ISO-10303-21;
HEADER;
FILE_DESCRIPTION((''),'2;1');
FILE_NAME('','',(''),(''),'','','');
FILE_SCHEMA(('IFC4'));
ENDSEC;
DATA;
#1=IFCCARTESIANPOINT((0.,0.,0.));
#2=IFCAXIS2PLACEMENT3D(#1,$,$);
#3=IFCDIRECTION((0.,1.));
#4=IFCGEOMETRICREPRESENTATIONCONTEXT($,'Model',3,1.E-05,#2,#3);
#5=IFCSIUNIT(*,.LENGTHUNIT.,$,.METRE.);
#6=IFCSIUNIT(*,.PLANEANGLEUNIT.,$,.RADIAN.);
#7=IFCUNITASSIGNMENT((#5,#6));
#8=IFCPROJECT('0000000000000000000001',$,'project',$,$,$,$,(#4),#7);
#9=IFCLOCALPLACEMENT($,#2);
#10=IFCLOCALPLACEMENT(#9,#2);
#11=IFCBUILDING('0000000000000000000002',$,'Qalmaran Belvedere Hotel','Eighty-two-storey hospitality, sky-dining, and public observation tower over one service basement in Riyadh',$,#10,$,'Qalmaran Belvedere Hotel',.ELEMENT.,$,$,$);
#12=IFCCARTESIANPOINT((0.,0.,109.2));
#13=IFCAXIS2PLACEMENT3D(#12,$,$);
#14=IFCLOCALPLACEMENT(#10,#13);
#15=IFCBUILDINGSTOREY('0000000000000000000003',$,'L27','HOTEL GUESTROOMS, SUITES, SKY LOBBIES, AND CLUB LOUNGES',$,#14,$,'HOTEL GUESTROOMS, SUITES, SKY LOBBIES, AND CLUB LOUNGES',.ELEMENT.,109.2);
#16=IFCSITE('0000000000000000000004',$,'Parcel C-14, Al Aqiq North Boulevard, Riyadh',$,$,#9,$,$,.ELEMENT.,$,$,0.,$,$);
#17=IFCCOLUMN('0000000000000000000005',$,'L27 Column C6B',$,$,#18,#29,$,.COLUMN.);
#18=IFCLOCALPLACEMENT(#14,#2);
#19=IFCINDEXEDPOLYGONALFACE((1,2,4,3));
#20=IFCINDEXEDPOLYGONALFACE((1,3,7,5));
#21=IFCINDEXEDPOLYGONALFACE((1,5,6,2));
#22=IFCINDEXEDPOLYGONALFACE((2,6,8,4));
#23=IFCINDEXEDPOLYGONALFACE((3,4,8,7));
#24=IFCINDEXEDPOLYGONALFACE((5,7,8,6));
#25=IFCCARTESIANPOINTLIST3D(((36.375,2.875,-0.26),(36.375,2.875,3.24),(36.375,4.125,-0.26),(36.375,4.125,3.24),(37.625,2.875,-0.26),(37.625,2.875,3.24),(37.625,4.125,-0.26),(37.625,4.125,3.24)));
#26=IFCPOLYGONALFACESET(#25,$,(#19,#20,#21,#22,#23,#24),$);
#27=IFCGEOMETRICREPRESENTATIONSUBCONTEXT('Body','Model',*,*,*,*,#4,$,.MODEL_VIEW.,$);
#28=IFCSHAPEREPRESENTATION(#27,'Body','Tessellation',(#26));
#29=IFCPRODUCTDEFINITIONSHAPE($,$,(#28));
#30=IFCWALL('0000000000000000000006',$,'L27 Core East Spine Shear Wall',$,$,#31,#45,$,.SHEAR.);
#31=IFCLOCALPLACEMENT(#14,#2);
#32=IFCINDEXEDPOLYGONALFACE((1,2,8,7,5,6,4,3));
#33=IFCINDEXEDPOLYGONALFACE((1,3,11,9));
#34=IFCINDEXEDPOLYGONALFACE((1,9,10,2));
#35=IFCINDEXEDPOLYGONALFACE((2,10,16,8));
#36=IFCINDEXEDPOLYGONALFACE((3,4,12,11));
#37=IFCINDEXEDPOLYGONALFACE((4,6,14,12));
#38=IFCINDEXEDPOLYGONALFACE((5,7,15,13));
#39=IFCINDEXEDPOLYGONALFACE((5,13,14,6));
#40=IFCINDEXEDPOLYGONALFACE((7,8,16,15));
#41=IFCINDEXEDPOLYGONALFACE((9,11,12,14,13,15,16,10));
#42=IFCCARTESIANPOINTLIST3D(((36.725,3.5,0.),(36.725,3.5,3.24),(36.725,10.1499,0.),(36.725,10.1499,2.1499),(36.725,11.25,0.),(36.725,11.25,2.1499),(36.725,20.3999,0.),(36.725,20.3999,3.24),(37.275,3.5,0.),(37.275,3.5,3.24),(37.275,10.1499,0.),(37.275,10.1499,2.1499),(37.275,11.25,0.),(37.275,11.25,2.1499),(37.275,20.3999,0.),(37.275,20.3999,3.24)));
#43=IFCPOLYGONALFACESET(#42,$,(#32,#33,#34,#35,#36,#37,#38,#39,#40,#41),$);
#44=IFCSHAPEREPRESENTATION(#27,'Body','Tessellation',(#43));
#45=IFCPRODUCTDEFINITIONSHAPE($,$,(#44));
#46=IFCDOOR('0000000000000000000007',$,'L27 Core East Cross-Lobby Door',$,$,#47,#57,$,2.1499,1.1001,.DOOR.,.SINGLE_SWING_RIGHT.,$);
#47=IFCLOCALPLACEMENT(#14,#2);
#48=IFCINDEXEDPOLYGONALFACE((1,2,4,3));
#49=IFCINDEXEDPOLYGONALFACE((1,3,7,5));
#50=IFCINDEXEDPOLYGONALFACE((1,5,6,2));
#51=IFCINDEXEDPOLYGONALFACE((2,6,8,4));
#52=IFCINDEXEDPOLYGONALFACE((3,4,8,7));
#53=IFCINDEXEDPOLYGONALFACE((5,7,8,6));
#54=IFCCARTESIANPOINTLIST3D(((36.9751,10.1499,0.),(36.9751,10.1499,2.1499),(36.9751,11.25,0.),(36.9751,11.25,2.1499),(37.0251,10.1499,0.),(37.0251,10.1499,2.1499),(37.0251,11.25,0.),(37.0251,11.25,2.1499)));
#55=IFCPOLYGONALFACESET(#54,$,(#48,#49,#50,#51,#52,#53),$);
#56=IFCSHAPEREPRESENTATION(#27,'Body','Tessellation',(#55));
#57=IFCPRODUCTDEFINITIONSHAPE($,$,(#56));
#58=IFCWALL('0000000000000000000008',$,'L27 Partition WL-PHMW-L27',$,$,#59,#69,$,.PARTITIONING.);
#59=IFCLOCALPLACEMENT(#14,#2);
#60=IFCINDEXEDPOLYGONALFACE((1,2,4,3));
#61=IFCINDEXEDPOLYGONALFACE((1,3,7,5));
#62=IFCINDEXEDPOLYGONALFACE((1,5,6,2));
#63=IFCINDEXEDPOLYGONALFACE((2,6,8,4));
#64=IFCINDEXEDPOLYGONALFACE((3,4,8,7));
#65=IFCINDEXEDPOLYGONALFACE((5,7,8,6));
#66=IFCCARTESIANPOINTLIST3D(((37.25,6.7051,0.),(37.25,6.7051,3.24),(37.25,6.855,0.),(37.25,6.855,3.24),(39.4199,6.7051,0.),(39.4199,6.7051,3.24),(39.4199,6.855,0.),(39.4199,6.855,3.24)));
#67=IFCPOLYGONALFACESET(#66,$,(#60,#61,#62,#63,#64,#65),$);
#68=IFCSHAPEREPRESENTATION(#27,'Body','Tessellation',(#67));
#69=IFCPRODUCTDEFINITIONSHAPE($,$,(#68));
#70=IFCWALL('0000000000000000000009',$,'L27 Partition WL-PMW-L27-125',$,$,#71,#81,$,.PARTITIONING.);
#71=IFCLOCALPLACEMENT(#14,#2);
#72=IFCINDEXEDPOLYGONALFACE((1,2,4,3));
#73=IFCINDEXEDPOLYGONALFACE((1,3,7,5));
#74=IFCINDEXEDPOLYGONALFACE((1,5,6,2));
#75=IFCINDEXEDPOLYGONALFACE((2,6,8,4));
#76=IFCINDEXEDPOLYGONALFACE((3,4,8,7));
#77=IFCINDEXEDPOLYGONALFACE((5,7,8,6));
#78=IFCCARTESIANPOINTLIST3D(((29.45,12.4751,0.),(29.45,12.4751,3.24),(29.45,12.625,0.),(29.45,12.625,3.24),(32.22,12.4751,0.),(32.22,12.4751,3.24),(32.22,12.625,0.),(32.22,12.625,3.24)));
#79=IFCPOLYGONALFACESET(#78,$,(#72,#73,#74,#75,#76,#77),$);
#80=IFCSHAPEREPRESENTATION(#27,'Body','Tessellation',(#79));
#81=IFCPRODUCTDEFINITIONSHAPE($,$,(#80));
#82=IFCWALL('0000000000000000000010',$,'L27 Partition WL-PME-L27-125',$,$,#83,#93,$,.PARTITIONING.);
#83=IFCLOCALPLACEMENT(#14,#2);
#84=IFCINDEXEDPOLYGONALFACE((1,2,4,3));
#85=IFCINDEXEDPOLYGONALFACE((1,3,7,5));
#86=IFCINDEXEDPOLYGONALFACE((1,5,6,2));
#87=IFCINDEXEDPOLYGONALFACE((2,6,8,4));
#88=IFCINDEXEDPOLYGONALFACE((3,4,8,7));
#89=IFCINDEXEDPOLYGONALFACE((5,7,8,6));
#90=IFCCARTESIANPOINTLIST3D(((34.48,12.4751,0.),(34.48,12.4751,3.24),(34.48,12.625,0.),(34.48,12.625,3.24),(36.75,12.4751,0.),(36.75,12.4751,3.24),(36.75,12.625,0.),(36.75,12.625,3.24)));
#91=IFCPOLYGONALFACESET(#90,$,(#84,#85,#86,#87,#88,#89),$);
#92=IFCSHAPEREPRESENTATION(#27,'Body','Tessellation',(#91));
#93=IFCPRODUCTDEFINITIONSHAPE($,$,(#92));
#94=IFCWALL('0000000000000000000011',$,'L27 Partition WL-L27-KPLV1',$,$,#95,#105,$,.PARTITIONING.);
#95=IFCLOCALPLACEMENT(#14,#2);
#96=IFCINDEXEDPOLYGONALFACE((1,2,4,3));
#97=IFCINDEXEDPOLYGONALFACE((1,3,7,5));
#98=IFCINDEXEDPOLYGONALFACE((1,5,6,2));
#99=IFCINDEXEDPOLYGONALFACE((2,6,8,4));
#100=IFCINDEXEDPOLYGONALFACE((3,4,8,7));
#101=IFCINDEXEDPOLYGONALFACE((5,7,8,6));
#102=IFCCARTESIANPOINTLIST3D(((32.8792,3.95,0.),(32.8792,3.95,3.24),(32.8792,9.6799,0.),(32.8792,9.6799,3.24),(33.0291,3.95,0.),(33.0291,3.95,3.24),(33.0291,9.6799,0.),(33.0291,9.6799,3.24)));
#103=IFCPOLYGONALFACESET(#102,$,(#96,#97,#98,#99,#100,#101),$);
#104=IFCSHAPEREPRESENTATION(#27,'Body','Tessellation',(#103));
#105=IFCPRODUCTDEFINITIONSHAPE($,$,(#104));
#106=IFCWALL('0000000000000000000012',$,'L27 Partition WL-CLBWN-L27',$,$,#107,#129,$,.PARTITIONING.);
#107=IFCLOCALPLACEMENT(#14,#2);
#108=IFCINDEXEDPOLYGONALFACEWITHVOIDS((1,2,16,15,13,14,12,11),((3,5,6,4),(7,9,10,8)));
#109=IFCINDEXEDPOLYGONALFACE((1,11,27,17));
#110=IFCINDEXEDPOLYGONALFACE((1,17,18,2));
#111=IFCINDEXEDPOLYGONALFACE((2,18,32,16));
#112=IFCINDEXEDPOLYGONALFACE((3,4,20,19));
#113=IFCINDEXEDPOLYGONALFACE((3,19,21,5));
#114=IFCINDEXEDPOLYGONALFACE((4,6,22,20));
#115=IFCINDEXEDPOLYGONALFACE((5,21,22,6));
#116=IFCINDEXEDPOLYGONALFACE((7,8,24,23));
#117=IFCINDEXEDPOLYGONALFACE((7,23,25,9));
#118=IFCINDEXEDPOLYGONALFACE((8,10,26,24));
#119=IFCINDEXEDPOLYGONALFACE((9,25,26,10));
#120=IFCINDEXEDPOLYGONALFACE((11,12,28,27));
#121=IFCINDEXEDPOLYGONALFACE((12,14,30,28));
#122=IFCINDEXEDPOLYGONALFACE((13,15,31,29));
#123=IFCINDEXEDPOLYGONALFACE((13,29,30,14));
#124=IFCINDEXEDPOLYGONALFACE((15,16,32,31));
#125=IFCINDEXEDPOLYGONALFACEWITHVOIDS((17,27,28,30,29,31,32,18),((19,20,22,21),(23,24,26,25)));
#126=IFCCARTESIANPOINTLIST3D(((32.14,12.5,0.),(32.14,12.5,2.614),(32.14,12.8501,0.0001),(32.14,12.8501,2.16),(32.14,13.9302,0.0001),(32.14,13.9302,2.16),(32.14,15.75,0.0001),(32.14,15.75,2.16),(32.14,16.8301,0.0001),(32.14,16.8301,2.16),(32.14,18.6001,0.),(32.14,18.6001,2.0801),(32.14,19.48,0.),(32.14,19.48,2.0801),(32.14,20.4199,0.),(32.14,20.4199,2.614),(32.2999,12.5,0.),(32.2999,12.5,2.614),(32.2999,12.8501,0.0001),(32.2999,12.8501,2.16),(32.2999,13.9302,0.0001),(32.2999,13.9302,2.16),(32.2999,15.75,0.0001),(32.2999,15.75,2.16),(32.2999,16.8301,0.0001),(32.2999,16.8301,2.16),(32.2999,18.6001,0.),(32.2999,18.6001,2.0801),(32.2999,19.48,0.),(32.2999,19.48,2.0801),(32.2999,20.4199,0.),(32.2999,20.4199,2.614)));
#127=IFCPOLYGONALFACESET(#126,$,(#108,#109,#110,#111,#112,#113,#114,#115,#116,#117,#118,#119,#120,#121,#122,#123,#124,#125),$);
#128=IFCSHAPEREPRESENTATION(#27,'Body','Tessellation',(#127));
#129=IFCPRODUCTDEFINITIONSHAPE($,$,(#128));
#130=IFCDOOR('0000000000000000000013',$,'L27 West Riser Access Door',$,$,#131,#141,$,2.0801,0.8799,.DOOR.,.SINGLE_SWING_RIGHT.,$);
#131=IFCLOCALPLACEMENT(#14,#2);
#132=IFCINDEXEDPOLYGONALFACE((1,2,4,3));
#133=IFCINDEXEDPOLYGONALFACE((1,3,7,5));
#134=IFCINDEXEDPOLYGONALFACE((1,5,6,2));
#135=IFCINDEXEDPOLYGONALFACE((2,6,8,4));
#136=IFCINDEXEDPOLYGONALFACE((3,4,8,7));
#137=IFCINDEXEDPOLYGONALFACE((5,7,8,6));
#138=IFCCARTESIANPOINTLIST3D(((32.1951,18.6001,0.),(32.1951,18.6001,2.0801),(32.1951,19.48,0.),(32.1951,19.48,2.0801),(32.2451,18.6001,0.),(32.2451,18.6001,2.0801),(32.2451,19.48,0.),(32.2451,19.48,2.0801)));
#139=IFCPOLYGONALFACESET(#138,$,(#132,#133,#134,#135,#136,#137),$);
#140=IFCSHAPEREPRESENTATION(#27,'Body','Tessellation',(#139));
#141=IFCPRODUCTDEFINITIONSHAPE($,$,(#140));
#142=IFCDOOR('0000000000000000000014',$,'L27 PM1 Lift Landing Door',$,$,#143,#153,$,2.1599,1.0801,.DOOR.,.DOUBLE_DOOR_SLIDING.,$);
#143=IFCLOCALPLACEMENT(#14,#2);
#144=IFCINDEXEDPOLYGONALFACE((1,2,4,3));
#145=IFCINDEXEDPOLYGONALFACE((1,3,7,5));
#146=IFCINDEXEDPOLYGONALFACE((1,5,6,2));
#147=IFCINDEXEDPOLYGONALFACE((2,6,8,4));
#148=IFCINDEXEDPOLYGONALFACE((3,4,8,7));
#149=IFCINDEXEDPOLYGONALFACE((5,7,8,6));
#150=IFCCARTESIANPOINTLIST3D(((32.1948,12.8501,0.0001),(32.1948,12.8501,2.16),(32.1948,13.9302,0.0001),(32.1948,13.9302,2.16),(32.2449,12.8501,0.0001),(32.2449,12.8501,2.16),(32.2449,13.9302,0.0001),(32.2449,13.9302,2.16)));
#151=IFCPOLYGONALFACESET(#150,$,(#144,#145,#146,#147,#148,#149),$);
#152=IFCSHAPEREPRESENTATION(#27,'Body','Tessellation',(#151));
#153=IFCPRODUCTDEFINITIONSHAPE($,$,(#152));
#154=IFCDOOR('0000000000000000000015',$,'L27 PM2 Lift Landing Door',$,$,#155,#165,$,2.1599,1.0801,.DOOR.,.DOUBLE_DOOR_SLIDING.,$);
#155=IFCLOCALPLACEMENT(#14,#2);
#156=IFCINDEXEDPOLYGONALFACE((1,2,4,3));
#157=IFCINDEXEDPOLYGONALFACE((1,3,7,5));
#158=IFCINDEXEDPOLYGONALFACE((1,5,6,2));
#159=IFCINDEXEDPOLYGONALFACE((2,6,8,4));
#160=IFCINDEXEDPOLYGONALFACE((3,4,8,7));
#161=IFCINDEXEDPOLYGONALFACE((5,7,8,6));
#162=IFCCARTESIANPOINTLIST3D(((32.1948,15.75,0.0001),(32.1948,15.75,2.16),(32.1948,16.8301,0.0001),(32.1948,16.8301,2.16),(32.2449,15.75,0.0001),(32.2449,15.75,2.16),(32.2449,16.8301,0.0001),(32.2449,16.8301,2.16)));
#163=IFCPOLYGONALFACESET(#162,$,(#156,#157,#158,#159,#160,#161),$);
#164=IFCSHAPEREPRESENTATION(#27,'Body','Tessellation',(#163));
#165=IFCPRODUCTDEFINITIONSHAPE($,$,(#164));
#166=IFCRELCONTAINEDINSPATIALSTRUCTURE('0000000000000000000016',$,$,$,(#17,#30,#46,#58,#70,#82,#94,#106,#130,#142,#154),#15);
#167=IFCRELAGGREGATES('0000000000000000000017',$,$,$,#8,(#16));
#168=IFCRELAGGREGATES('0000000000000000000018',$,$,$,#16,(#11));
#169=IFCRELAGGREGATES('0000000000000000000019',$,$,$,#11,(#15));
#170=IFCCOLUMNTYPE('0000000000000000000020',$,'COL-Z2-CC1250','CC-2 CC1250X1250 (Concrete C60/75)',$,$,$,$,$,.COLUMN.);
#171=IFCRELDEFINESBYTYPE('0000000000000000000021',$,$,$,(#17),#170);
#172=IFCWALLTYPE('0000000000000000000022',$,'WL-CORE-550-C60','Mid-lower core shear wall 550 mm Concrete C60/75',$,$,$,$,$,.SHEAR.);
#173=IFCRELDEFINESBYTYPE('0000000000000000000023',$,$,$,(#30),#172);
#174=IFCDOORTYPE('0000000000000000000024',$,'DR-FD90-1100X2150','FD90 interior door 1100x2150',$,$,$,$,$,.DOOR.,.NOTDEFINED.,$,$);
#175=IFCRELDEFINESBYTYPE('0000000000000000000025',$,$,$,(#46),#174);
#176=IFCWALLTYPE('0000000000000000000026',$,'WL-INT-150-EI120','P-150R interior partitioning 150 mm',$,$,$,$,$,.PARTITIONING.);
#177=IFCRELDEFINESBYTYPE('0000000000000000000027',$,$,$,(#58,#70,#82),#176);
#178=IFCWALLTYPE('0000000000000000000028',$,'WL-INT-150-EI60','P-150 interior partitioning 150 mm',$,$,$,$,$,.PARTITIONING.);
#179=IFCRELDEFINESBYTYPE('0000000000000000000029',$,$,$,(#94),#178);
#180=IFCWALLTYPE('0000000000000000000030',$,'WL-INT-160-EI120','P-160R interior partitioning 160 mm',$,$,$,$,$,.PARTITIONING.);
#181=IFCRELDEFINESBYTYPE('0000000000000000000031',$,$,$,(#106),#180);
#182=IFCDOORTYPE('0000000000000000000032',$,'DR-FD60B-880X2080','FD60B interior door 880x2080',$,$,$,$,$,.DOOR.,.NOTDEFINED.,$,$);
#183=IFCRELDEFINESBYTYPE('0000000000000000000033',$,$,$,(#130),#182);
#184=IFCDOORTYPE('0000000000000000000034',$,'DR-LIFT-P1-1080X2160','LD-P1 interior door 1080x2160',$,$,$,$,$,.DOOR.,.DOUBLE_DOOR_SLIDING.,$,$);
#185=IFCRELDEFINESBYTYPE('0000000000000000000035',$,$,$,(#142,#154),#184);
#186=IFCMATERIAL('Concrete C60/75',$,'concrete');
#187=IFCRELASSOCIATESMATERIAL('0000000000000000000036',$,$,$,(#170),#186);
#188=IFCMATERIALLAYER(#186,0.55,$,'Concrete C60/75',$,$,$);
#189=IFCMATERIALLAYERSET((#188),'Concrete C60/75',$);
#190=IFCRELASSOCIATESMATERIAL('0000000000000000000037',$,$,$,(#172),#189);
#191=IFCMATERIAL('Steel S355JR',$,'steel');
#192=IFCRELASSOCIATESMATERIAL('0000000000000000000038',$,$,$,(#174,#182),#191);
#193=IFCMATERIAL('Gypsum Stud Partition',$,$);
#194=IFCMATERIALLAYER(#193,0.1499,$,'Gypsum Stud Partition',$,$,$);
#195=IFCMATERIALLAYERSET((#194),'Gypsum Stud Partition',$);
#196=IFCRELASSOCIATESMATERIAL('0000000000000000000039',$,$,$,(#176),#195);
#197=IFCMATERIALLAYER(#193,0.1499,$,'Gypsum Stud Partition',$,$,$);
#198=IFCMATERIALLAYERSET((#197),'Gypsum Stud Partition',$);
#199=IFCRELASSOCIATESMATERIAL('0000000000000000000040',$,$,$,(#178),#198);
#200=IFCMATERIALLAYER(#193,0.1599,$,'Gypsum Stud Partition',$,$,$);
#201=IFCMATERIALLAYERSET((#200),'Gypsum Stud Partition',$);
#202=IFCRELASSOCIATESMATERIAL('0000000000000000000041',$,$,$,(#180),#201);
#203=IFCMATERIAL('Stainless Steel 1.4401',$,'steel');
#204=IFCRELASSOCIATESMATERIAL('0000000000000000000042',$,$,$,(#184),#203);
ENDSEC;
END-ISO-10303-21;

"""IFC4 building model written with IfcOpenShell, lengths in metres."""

from ifc_helpers import new_model, si_unit, direction, frame, frame_2d, origin, origin_2d, place, context, subcontext, project, spatial, rectangle, extrude, material, layer, layer_set, material_profile, profile_set, type_object, element, fill, save


model = new_model("IFC4")

# Units and contexts
model_context = context("Model", 3, precision=1e-05, world=origin(), true_north=direction((0.0, 1.0)))
body_context = subcontext(model_context, "Body", "Model", "MODEL_VIEW")
ifc_project = project(units=[si_unit("LENGTHUNIT", "METRE"), si_unit("PLANEANGLEUNIT", "RADIAN")], contexts=[model_context])

# Site, building, storey
site_placement = place(None, origin())
site = spatial("IfcSite", under=ifc_project, at=site_placement, Name="Parcel C-14, Al Aqiq North Boulevard, Riyadh", CompositionType="ELEMENT", RefElevation=0.0)
building_placement = place(site_placement, origin())
building = spatial("IfcBuilding", under=site, at=building_placement, Name="Qalmaran Belvedere Hotel", Description="Eighty-two-storey hospitality, sky-dining, and public observation tower over one service basement in Riyadh", LongName="Qalmaran Belvedere Hotel", CompositionType="ELEMENT")
storey_placement = place(building_placement, frame((0.0, 0.0, 109.2)))
storey = spatial("IfcBuildingStorey", under=building, at=storey_placement, Name="L27", Description="HOTEL GUESTROOMS, SUITES, SKY LOBBIES, AND CLUB LOUNGES", LongName="HOTEL GUESTROOMS, SUITES, SKY LOBBIES, AND CLUB LOUNGES", CompositionType="ELEMENT", Elevation=109.2)

# Column
ifc_material_1 = material(Name="Concrete C60/75", Category="concrete")
ifc_material_profile = material_profile(ifc_material_1, rectangle(XDim=1.25, YDim=1.25, at=origin_2d()), Name="CC1250X1250")
ifc_profile_set = profile_set([ifc_material_profile], Name="Concrete C60/75")
column_type = type_object("IfcColumnType", Name="COL-Z2-CC1250", Description="CC-2 CC1250X1250 (Concrete C60/75)", PredefinedType="COLUMN", material=ifc_profile_set)
column_placement = place(storey_placement, frame((37.0, 3.5, -0.26), z_axis=(0.0, 0.0, 1.0), x_axis=(1.0, 0.0, 0.0)))
element("IfcColumn", 1, at=column_placement, inside=storey, type_object=column_type, Name="L27 Column C6B", PredefinedType="COLUMN", context=body_context, shape_type="SweptSolid", body=[
    extrude(rectangle(XDim=1.25, YDim=1.25, at=origin_2d()), origin(), (0.0, 0.0, 1.0), 3.5),
])

# Wall, opening, door
ifc_layer_1 = layer(ifc_material_1, 0.55, Name="Concrete C60/75")
ifc_layer_set_1 = layer_set([ifc_layer_1], Name="Concrete C60/75")
wall_type_1 = type_object("IfcWallType", Name="WL-CORE-550-C60", Description="Mid-lower core shear wall 550 mm Concrete C60/75", PredefinedType="SHEAR", material=ifc_layer_set_1)
wall_1_placement = place(storey_placement, frame((37.0, 3.5, 0.0), z_axis=(0.0, 0.0, 1.0), x_axis=(0.0, 1.0, 0.0)))
wall_1 = element("IfcWall", 2, at=wall_1_placement, inside=storey, type_object=wall_type_1, Name="L27 Core East Spine Shear Wall", PredefinedType="SHEAR", context=body_context, shape_type="SweptSolid", body=[
    extrude(rectangle(XDim=16.8999, YDim=0.55, at=frame_2d((8.45, 0.0))), origin(), (0.0, 0.0, 1.0), 3.24),
])
opening_1_placement = place(wall_1_placement, frame((6.6499, 0.0, 0.0)))
opening_1 = element("IfcOpeningElement", 3, at=opening_1_placement, cuts=wall_1, PredefinedType="OPENING", context=body_context, shape_type="SweptSolid", body=[
    extrude(rectangle(XDim=1.1001, YDim=2.1499, at=frame_2d((0.55, 1.075))), frame((0.0, 0.2852, 0.0), z_axis=(0.0, -1.0, 0.0), x_axis=(1.0, 0.0, 0.0)), (0.0, 0.0, 1.0), 0.5701),
])
ifc_material_2 = material(Name="Steel S355JR", Category="steel")
door_type_1 = type_object("IfcDoorType", Name="DR-FD90-1100X2150", Description="FD90 interior door 1100x2150", OperationType="NOTDEFINED", PredefinedType="DOOR", material=ifc_material_2)
door_1_placement = place(opening_1_placement, origin())
door_1 = element("IfcDoor", 4, at=door_1_placement, inside=storey, type_object=door_type_1, Name="L27 Core East Cross-Lobby Door", OperationType="SINGLE_SWING_RIGHT", OverallHeight=2.1499, OverallWidth=1.1001, PredefinedType="DOOR", context=body_context, shape_type="SweptSolid", body=[
    extrude(rectangle(XDim=1.1001, YDim=2.1499, at=frame_2d((0.55, 1.075))), frame((0.0, 0.0249, 0.0), z_axis=(0.0, -1.0, 0.0), x_axis=(1.0, 0.0, 0.0)), (0.0, 0.0, 1.0), 0.05),
])
fill(opening_1, door_1)

# Walls
ifc_material_3 = material(Name="Gypsum Stud Partition")
ifc_layer_2 = layer(ifc_material_3, 0.1499, Name="Gypsum Stud Partition")
ifc_layer_set_2 = layer_set([ifc_layer_2], Name="Gypsum Stud Partition")
wall_type_2 = type_object("IfcWallType", Name="WL-INT-150-EI120", Description="P-150R interior partitioning 150 mm", PredefinedType="PARTITIONING", material=ifc_layer_set_2)
wall_2_placement = place(storey_placement, frame((37.25, 6.78, 0.0), z_axis=(0.0, 0.0, 1.0), x_axis=(1.0, 0.0, 0.0)))
element("IfcWall", 5, at=wall_2_placement, inside=storey, type_object=wall_type_2, Name="L27 Partition WL-PHMW-L27", PredefinedType="PARTITIONING", context=body_context, shape_type="SweptSolid", body=[
    extrude(rectangle(XDim=2.1699, YDim=0.1499, at=frame_2d((1.085, 0.0))), origin(), (0.0, 0.0, 1.0), 3.24),
])
wall_3_placement = place(storey_placement, frame((29.45, 12.55, 0.0), z_axis=(0.0, 0.0, 1.0), x_axis=(1.0, 0.0, 0.0)))
element("IfcWall", 6, at=wall_3_placement, inside=storey, type_object=wall_type_2, Name="L27 Partition WL-PMW-L27-125", PredefinedType="PARTITIONING", context=body_context, shape_type="SweptSolid", body=[
    extrude(rectangle(XDim=2.77, YDim=0.1499, at=frame_2d((1.385, 0.0))), origin(), (0.0, 0.0, 1.0), 3.24),
])
wall_4_placement = place(storey_placement, frame((34.48, 12.55, 0.0), z_axis=(0.0, 0.0, 1.0), x_axis=(1.0, 0.0, 0.0)))
element("IfcWall", 7, at=wall_4_placement, inside=storey, type_object=wall_type_2, Name="L27 Partition WL-PME-L27-125", PredefinedType="PARTITIONING", context=body_context, shape_type="SweptSolid", body=[
    extrude(rectangle(XDim=2.27, YDim=0.1499, at=frame_2d((1.135, 0.0))), origin(), (0.0, 0.0, 1.0), 3.24),
])
ifc_layer_3 = layer(ifc_material_3, 0.1499, Name="Gypsum Stud Partition")
ifc_layer_set_3 = layer_set([ifc_layer_3], Name="Gypsum Stud Partition")
wall_type_3 = type_object("IfcWallType", Name="WL-INT-150-EI60", Description="P-150 interior partitioning 150 mm", PredefinedType="PARTITIONING", material=ifc_layer_set_3)
wall_5_placement = place(storey_placement, frame((32.9541, 3.95, 0.0), z_axis=(0.0, 0.0, 1.0), x_axis=(0.0, 1.0, 0.0)))
element("IfcWall", 8, at=wall_5_placement, inside=storey, type_object=wall_type_3, Name="L27 Partition WL-L27-KPLV1", PredefinedType="PARTITIONING", context=body_context, shape_type="SweptSolid", body=[
    extrude(rectangle(XDim=5.73, YDim=0.1499, at=frame_2d((2.865, 0.0))), origin(), (0.0, 0.0, 1.0), 3.24),
])

# Wall, openings, doors
ifc_layer_4 = layer(ifc_material_3, 0.1599, Name="Gypsum Stud Partition")
ifc_layer_set_4 = layer_set([ifc_layer_4], Name="Gypsum Stud Partition")
wall_type_4 = type_object("IfcWallType", Name="WL-INT-160-EI120", Description="P-160R interior partitioning 160 mm", PredefinedType="PARTITIONING", material=ifc_layer_set_4)
wall_6_placement = place(storey_placement, frame((32.22, 12.5, 0.0), z_axis=(0.0, 0.0, 1.0), x_axis=(0.0, 1.0, 0.0)))
wall_6 = element("IfcWall", 9, at=wall_6_placement, inside=storey, type_object=wall_type_4, Name="L27 Partition WL-CLBWN-L27", PredefinedType="PARTITIONING", context=body_context, shape_type="SweptSolid", body=[
    extrude(rectangle(XDim=7.9199, YDim=0.1599, at=frame_2d((3.96, 0.0))), origin(), (0.0, 0.0, 1.0), 2.614),
])
opening_2_placement = place(wall_6_placement, frame((1.4302, 0.0, 0.0), z_axis=(0.0, 0.0, 1.0), x_axis=(-1.0, 0.0, 0.0)))
opening_2 = element("IfcOpeningElement", 10, at=opening_2_placement, cuts=wall_6, PredefinedType="OPENING", context=body_context, shape_type="SweptSolid", body=[
    extrude(rectangle(XDim=1.0801, YDim=2.1599, at=frame_2d((0.54, 1.0801))), frame((0.0, 0.0898, 0.0), z_axis=(0.0, -1.0, 0.0), x_axis=(1.0, 0.0, 0.0)), (0.0, 0.0, 1.0), 0.1799),
])
opening_3_placement = place(wall_6_placement, frame((4.3301, 0.0, 0.0), z_axis=(0.0, 0.0, 1.0), x_axis=(-1.0, 0.0, 0.0)))
opening_3 = element("IfcOpeningElement", 11, at=opening_3_placement, cuts=wall_6, PredefinedType="OPENING", context=body_context, shape_type="SweptSolid", body=[
    extrude(rectangle(XDim=1.0801, YDim=2.1599, at=frame_2d((0.54, 1.0801))), frame((0.0, 0.0898, 0.0), z_axis=(0.0, -1.0, 0.0), x_axis=(1.0, 0.0, 0.0)), (0.0, 0.0, 1.0), 0.1799),
])
opening_4_placement = place(wall_6_placement, frame((6.1001, 0.0, 0.0)))
opening_4 = element("IfcOpeningElement", 12, at=opening_4_placement, cuts=wall_6, PredefinedType="OPENING", context=body_context, shape_type="SweptSolid", body=[
    extrude(rectangle(XDim=0.8799, YDim=2.0801, at=frame_2d((0.4399, 1.04))), frame((0.0, 0.0898, 0.0), z_axis=(0.0, -1.0, 0.0), x_axis=(1.0, 0.0, 0.0)), (0.0, 0.0, 1.0), 0.1799),
])
door_type_2 = type_object("IfcDoorType", Name="DR-FD60B-880X2080", Description="FD60B interior door 880x2080", OperationType="NOTDEFINED", PredefinedType="DOOR", material=ifc_material_2)
door_2_placement = place(opening_4_placement, origin())
door_2 = element("IfcDoor", 13, at=door_2_placement, inside=storey, type_object=door_type_2, Name="L27 West Riser Access Door", OperationType="SINGLE_SWING_RIGHT", OverallHeight=2.0801, OverallWidth=0.8799, PredefinedType="DOOR", context=body_context, shape_type="SweptSolid", body=[
    extrude(rectangle(XDim=0.8799, YDim=2.0801, at=frame_2d((0.4399, 1.04))), frame((0.0, 0.0249, 0.0), z_axis=(0.0, -1.0, 0.0), x_axis=(1.0, 0.0, 0.0)), (0.0, 0.0, 1.0), 0.05),
])
fill(opening_4, door_2)
ifc_material_4 = material(Name="Stainless Steel 1.4401", Category="steel")
door_type_3 = type_object("IfcDoorType", Name="DR-LIFT-P1-1080X2160", Description="LD-P1 interior door 1080x2160", OperationType="DOUBLE_DOOR_SLIDING", PredefinedType="DOOR", material=ifc_material_4)
door_3_placement = place(opening_2_placement, origin())
door_3 = element("IfcDoor", 14, at=door_3_placement, inside=storey, type_object=door_type_3, Name="L27 PM1 Lift Landing Door", OperationType="DOUBLE_DOOR_SLIDING", OverallHeight=2.1599, OverallWidth=1.0801, PredefinedType="DOOR", context=body_context, shape_type="SweptSolid", body=[
    extrude(rectangle(XDim=1.0801, YDim=2.1599, at=frame_2d((0.54, 1.0801))), frame((0.0, 0.0249, 0.0), z_axis=(0.0, -1.0, 0.0), x_axis=(1.0, 0.0, 0.0)), (0.0, 0.0, 1.0), 0.05),
])
fill(opening_2, door_3)
door_4_placement = place(opening_3_placement, origin())
door_4 = element("IfcDoor", 15, at=door_4_placement, inside=storey, type_object=door_type_3, Name="L27 PM2 Lift Landing Door", OperationType="DOUBLE_DOOR_SLIDING", OverallHeight=2.1599, OverallWidth=1.0801, PredefinedType="DOOR", context=body_context, shape_type="SweptSolid", body=[
    extrude(rectangle(XDim=1.0801, YDim=2.1599, at=frame_2d((0.54, 1.0801))), frame((0.0, 0.0249, 0.0), z_axis=(0.0, -1.0, 0.0), x_axis=(1.0, 0.0, 0.0)), (0.0, 0.0, 1.0), 0.05),
])
fill(opening_3, door_4)

save(model, "model.ifc")
